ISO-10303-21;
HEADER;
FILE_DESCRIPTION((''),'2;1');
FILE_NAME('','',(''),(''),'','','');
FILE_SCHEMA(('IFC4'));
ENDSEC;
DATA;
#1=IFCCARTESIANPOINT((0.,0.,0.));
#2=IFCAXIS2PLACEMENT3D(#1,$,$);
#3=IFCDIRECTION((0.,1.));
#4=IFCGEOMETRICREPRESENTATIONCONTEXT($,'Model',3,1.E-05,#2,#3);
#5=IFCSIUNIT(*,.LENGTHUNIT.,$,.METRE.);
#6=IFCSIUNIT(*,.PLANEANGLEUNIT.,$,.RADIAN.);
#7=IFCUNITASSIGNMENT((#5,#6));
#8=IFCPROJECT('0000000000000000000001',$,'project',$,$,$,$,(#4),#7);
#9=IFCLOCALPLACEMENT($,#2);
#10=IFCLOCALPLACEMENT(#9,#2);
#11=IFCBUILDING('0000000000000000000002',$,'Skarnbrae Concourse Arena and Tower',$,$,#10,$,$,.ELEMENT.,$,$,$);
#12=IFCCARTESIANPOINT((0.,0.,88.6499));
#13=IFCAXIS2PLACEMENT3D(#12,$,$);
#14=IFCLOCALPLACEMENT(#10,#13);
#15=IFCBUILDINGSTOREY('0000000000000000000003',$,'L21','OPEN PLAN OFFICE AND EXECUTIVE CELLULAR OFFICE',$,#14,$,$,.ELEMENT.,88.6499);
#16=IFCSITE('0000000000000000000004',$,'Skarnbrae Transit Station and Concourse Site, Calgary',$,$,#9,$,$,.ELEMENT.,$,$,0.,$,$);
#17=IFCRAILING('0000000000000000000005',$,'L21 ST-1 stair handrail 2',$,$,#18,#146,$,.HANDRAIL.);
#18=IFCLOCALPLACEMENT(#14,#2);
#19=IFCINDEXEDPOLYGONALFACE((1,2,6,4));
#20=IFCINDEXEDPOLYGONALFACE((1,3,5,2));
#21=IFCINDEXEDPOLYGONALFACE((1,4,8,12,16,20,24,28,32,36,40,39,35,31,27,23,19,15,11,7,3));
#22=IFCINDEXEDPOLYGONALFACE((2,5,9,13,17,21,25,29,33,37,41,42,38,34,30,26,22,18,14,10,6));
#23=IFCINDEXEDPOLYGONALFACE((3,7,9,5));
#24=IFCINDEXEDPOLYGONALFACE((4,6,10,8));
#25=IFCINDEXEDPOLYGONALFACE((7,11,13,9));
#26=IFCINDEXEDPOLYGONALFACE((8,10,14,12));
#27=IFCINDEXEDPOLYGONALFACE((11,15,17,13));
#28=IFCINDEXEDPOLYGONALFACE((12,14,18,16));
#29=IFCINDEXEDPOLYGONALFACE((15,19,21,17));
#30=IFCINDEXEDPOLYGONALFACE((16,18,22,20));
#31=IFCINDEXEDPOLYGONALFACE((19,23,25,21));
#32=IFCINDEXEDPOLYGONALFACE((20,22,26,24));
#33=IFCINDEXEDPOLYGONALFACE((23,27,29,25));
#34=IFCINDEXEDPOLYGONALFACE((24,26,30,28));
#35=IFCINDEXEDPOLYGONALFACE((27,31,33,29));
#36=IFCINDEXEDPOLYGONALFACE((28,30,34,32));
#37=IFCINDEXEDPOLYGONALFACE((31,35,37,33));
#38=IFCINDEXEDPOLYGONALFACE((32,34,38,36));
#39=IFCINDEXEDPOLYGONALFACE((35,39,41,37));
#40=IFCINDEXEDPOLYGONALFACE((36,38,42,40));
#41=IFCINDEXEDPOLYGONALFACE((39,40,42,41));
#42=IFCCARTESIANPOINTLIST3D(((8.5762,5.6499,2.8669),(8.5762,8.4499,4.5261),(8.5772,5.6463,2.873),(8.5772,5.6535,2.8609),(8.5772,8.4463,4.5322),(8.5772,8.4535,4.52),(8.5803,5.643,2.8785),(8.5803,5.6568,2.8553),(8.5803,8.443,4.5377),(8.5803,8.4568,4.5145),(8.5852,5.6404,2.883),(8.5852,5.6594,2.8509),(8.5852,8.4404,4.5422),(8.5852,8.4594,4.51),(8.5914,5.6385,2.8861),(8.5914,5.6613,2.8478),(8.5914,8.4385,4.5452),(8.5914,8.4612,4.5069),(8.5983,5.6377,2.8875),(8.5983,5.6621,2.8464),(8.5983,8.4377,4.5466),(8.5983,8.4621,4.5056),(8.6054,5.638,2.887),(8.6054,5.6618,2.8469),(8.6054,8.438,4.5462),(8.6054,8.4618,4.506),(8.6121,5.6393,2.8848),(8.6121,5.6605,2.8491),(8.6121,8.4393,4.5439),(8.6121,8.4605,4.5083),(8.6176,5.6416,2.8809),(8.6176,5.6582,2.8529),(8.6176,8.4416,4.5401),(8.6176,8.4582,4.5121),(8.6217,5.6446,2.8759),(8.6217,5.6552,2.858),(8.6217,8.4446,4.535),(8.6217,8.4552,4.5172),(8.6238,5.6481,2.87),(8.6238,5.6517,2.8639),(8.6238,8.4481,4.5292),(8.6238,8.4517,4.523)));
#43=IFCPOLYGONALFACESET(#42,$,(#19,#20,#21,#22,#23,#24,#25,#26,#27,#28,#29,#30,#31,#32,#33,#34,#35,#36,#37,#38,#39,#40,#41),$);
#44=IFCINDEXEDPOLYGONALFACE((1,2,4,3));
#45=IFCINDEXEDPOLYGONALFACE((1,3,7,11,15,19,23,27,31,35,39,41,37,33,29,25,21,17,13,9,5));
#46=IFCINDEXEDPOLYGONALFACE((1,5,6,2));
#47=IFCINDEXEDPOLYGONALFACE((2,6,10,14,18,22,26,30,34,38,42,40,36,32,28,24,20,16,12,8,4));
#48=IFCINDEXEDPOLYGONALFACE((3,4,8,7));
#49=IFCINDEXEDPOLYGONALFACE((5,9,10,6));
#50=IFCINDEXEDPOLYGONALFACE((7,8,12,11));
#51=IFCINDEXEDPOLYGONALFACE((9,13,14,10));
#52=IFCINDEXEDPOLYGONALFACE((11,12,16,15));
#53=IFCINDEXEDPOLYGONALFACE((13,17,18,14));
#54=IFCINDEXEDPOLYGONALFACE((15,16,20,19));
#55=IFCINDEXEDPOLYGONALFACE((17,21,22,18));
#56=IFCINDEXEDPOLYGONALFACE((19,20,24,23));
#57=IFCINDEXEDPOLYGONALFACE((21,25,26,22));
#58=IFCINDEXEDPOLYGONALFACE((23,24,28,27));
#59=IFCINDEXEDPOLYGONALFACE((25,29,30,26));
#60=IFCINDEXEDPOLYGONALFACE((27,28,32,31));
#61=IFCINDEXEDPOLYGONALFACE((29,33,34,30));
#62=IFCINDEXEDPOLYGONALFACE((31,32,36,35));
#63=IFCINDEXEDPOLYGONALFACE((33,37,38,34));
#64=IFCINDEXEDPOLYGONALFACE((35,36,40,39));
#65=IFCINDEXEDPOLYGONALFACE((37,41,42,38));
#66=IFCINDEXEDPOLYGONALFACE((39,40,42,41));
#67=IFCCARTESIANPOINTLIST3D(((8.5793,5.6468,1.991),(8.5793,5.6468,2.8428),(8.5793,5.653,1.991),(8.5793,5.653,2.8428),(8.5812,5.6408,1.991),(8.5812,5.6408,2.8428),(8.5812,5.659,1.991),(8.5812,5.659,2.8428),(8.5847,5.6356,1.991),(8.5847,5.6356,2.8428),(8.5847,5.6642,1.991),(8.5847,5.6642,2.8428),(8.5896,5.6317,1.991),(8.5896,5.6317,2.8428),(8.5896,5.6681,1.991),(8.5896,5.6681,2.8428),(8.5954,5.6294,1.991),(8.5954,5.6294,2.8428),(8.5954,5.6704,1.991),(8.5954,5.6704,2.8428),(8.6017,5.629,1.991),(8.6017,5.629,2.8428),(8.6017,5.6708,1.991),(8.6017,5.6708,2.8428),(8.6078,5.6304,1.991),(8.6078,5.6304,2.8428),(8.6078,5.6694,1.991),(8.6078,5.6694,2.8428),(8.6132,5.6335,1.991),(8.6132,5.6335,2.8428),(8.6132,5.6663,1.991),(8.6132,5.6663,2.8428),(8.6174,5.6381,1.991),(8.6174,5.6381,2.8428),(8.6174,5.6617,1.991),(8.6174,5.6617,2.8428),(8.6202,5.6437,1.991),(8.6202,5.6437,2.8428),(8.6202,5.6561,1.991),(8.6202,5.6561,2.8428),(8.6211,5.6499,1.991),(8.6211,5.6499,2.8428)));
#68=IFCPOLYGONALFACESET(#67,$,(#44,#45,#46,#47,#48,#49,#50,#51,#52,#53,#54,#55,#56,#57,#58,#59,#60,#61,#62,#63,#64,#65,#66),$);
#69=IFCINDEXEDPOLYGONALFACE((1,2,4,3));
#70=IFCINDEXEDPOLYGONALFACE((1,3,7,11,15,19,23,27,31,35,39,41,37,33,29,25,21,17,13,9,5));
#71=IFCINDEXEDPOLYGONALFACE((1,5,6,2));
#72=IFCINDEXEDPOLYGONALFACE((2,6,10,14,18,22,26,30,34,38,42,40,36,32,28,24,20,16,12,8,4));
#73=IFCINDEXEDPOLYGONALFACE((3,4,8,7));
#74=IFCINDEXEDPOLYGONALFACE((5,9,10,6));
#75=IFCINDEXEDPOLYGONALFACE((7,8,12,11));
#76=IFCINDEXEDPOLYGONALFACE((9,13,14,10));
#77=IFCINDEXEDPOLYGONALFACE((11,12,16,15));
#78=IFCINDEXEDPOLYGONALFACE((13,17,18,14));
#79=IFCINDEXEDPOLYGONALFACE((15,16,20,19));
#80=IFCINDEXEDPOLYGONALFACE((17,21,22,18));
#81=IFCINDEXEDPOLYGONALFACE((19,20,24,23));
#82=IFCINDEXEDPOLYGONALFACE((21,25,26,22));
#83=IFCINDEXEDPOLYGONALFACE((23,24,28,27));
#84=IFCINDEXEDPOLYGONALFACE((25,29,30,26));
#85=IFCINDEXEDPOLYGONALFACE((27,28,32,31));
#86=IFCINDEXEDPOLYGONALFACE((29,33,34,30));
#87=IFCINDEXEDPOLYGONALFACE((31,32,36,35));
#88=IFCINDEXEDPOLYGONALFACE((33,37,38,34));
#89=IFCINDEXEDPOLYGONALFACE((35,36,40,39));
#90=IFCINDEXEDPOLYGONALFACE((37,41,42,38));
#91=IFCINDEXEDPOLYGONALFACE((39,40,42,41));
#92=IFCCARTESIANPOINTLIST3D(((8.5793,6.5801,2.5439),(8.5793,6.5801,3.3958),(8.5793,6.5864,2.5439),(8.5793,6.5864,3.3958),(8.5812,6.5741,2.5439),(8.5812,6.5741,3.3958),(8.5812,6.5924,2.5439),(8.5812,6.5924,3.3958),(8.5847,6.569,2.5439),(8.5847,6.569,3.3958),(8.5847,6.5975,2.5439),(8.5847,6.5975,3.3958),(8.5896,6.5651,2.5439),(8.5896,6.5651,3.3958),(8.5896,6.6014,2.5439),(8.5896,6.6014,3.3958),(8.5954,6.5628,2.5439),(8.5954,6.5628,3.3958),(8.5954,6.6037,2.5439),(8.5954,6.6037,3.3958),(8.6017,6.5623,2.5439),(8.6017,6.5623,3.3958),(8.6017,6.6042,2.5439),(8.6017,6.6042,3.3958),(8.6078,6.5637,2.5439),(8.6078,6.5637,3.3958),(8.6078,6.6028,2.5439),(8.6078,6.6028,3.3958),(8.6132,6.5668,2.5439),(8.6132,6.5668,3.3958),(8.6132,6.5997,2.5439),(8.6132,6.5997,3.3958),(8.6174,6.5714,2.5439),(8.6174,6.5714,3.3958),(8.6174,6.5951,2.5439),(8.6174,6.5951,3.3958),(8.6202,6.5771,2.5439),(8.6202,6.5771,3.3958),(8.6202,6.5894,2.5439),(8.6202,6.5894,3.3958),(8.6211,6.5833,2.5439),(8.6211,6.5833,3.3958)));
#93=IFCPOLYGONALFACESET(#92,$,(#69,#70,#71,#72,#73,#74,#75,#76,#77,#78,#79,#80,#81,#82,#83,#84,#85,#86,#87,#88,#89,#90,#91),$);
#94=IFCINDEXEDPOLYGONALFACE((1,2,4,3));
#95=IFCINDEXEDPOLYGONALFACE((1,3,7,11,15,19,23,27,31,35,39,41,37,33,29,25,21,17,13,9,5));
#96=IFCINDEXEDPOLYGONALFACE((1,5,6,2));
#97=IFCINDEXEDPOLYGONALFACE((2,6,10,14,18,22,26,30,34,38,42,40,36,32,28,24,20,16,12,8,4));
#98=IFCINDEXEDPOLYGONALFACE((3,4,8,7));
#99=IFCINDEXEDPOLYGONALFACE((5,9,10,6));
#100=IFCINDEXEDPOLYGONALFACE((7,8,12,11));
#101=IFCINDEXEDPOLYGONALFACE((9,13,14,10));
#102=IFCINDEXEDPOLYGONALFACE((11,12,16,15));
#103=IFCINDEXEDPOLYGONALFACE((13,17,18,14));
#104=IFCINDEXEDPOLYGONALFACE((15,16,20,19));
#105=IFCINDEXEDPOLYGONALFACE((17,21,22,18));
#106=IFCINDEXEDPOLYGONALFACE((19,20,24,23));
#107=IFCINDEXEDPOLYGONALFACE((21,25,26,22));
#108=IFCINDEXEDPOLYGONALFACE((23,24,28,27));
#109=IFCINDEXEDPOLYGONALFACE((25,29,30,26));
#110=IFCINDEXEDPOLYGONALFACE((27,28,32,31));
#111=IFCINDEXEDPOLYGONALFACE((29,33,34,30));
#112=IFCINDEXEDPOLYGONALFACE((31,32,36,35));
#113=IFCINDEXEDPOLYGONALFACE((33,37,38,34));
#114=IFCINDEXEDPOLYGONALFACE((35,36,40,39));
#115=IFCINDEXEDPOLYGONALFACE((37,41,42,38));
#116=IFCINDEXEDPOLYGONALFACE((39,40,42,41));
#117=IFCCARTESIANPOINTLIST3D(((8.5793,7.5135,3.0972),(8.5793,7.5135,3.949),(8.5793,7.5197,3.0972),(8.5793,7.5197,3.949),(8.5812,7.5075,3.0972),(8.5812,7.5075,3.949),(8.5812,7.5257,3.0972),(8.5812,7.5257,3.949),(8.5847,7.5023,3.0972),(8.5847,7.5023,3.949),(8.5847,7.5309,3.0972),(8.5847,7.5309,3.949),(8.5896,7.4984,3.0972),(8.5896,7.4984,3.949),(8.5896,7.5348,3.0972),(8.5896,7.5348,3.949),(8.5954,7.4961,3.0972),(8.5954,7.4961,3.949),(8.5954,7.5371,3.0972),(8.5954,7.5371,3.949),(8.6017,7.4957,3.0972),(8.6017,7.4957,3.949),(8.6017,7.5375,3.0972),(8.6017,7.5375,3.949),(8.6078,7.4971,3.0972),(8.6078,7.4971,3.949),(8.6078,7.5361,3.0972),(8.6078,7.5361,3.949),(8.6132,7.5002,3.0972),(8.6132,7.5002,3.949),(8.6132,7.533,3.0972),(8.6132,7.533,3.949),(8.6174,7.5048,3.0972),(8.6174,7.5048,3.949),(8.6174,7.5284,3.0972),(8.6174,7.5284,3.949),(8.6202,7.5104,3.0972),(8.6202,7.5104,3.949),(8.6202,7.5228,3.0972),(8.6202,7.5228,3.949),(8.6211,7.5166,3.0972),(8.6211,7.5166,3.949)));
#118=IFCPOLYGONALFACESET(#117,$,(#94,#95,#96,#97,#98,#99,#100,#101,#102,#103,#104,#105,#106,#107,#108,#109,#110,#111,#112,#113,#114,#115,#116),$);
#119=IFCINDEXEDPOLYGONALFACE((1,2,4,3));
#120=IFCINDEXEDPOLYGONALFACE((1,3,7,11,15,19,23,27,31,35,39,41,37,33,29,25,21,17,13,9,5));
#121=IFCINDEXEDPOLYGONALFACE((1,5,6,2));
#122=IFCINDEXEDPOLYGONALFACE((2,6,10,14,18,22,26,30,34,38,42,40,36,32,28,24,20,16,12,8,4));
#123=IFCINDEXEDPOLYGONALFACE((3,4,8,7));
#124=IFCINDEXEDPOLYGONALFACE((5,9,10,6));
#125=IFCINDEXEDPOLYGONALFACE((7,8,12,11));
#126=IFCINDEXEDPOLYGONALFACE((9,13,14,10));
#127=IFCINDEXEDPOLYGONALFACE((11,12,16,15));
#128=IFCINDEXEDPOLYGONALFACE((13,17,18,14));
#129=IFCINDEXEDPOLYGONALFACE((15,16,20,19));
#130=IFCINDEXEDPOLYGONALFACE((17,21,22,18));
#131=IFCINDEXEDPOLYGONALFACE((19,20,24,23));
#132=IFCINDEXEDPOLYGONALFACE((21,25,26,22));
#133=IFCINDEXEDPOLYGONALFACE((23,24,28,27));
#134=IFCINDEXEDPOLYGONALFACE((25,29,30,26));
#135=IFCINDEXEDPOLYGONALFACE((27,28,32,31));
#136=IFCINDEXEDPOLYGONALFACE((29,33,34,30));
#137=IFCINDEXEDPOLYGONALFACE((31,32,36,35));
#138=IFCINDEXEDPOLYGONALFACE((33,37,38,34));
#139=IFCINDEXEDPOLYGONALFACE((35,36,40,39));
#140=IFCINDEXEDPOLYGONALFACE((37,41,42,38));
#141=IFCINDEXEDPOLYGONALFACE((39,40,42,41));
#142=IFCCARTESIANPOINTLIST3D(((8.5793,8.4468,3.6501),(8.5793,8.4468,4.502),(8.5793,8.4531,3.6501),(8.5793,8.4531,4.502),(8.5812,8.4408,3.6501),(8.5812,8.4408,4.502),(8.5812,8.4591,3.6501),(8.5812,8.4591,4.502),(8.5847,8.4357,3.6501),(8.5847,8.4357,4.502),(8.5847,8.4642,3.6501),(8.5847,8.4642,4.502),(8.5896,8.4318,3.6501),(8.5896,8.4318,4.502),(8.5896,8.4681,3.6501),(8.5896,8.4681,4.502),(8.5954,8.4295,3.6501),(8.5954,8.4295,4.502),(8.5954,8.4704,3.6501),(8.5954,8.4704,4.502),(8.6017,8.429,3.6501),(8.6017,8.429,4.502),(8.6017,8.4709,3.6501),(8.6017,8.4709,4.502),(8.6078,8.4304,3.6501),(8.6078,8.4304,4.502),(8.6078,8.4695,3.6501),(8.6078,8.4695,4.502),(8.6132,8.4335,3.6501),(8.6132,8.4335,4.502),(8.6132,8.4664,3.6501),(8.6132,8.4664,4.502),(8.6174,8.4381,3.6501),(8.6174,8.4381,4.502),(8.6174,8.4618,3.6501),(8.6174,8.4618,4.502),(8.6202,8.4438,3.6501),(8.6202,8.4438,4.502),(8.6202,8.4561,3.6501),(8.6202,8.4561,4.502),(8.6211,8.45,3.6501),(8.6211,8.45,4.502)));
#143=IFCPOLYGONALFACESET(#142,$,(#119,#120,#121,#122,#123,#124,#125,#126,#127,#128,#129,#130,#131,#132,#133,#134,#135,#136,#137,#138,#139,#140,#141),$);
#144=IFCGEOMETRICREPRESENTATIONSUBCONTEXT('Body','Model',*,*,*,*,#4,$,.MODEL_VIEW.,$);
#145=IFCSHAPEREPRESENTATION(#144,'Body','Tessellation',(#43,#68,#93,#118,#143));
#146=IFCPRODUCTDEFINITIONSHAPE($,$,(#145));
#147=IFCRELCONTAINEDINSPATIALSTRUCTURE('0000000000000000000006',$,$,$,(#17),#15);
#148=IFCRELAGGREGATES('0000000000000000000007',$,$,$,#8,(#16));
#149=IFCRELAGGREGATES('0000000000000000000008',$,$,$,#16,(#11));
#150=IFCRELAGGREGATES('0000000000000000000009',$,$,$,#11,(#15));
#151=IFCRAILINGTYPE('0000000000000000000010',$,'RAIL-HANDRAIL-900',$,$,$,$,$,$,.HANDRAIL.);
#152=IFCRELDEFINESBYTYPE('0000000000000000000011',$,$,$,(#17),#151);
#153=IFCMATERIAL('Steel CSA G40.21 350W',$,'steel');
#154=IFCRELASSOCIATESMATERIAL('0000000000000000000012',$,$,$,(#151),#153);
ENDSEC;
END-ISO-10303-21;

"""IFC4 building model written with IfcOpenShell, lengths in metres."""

from ifc_helpers import new_model, si_unit, direction, frame, origin, origin_2d, place, context, subcontext, project, spatial, circle, extrude, material, type_object, element, save


model = new_model("IFC4")

# Units and contexts
model_context = context("Model", 3, precision=1e-05, world=origin(), true_north=direction((0.0, 1.0)))
body_context = subcontext(model_context, "Body", "Model", "MODEL_VIEW")
ifc_project = project(units=[si_unit("LENGTHUNIT", "METRE"), si_unit("PLANEANGLEUNIT", "RADIAN")], contexts=[model_context])

# Site, building, storey
site_placement = place(None, origin())
site = spatial("IfcSite", under=ifc_project, at=site_placement, Name="Skarnbrae Transit Station and Concourse Site, Calgary", CompositionType="ELEMENT", RefElevation=0.0)
building_placement = place(site_placement, origin())
building = spatial("IfcBuilding", under=site, at=building_placement, Name="Skarnbrae Concourse Arena and Tower", CompositionType="ELEMENT")
storey_placement = place(building_placement, frame((0.0, 0.0, 88.6499)))
storey = spatial("IfcBuildingStorey", under=building, at=storey_placement, Name="L21", Description="OPEN PLAN OFFICE AND EXECUTIVE CELLULAR OFFICE", CompositionType="ELEMENT", Elevation=88.6499)

# Shared definitions
ifc_material_1 = material(Name="Steel CSA G40.21 350W", Category="steel")

# Railing
railing_type = type_object("IfcRailingType", Name="RAIL-HANDRAIL-900", PredefinedType="HANDRAIL", material=ifc_material_1)
railing_placement = place(storey_placement, frame((8.6001, 5.6499, 1.991)))
element("IfcRailing", 1, at=railing_placement, inside=storey, type_object=railing_type, Name="L21 ST-1 stair handrail 2", PredefinedType="HANDRAIL", context=body_context, shape_type="SweptSolid", body=[
    extrude(circle(Radius=0.0239, at=origin_2d()), frame((0.0, 0.0, 0.876), z_axis=(0.0, 0.860306, 0.509778), x_axis=(-1.0, 0.0, 0.0)), (0.0, 0.0, 1.0), 3.2546),
    extrude(circle(Radius=0.021, at=origin_2d()), origin(), (0.0, 0.0, 1.0), 0.8518),
    extrude(circle(Radius=0.021, at=origin_2d()), frame((0.0, 0.9333, 0.553)), (0.0, 0.0, 1.0), 0.8518),
    extrude(circle(Radius=0.021, at=origin_2d()), frame((0.0, 1.8667, 1.1062)), (0.0, 0.0, 1.0), 0.8518),
    extrude(circle(Radius=0.021, at=origin_2d()), frame((0.0, 2.8, 1.6592)), (0.0, 0.0, 1.0), 0.8518),
])

save(model, "model.ifc")
